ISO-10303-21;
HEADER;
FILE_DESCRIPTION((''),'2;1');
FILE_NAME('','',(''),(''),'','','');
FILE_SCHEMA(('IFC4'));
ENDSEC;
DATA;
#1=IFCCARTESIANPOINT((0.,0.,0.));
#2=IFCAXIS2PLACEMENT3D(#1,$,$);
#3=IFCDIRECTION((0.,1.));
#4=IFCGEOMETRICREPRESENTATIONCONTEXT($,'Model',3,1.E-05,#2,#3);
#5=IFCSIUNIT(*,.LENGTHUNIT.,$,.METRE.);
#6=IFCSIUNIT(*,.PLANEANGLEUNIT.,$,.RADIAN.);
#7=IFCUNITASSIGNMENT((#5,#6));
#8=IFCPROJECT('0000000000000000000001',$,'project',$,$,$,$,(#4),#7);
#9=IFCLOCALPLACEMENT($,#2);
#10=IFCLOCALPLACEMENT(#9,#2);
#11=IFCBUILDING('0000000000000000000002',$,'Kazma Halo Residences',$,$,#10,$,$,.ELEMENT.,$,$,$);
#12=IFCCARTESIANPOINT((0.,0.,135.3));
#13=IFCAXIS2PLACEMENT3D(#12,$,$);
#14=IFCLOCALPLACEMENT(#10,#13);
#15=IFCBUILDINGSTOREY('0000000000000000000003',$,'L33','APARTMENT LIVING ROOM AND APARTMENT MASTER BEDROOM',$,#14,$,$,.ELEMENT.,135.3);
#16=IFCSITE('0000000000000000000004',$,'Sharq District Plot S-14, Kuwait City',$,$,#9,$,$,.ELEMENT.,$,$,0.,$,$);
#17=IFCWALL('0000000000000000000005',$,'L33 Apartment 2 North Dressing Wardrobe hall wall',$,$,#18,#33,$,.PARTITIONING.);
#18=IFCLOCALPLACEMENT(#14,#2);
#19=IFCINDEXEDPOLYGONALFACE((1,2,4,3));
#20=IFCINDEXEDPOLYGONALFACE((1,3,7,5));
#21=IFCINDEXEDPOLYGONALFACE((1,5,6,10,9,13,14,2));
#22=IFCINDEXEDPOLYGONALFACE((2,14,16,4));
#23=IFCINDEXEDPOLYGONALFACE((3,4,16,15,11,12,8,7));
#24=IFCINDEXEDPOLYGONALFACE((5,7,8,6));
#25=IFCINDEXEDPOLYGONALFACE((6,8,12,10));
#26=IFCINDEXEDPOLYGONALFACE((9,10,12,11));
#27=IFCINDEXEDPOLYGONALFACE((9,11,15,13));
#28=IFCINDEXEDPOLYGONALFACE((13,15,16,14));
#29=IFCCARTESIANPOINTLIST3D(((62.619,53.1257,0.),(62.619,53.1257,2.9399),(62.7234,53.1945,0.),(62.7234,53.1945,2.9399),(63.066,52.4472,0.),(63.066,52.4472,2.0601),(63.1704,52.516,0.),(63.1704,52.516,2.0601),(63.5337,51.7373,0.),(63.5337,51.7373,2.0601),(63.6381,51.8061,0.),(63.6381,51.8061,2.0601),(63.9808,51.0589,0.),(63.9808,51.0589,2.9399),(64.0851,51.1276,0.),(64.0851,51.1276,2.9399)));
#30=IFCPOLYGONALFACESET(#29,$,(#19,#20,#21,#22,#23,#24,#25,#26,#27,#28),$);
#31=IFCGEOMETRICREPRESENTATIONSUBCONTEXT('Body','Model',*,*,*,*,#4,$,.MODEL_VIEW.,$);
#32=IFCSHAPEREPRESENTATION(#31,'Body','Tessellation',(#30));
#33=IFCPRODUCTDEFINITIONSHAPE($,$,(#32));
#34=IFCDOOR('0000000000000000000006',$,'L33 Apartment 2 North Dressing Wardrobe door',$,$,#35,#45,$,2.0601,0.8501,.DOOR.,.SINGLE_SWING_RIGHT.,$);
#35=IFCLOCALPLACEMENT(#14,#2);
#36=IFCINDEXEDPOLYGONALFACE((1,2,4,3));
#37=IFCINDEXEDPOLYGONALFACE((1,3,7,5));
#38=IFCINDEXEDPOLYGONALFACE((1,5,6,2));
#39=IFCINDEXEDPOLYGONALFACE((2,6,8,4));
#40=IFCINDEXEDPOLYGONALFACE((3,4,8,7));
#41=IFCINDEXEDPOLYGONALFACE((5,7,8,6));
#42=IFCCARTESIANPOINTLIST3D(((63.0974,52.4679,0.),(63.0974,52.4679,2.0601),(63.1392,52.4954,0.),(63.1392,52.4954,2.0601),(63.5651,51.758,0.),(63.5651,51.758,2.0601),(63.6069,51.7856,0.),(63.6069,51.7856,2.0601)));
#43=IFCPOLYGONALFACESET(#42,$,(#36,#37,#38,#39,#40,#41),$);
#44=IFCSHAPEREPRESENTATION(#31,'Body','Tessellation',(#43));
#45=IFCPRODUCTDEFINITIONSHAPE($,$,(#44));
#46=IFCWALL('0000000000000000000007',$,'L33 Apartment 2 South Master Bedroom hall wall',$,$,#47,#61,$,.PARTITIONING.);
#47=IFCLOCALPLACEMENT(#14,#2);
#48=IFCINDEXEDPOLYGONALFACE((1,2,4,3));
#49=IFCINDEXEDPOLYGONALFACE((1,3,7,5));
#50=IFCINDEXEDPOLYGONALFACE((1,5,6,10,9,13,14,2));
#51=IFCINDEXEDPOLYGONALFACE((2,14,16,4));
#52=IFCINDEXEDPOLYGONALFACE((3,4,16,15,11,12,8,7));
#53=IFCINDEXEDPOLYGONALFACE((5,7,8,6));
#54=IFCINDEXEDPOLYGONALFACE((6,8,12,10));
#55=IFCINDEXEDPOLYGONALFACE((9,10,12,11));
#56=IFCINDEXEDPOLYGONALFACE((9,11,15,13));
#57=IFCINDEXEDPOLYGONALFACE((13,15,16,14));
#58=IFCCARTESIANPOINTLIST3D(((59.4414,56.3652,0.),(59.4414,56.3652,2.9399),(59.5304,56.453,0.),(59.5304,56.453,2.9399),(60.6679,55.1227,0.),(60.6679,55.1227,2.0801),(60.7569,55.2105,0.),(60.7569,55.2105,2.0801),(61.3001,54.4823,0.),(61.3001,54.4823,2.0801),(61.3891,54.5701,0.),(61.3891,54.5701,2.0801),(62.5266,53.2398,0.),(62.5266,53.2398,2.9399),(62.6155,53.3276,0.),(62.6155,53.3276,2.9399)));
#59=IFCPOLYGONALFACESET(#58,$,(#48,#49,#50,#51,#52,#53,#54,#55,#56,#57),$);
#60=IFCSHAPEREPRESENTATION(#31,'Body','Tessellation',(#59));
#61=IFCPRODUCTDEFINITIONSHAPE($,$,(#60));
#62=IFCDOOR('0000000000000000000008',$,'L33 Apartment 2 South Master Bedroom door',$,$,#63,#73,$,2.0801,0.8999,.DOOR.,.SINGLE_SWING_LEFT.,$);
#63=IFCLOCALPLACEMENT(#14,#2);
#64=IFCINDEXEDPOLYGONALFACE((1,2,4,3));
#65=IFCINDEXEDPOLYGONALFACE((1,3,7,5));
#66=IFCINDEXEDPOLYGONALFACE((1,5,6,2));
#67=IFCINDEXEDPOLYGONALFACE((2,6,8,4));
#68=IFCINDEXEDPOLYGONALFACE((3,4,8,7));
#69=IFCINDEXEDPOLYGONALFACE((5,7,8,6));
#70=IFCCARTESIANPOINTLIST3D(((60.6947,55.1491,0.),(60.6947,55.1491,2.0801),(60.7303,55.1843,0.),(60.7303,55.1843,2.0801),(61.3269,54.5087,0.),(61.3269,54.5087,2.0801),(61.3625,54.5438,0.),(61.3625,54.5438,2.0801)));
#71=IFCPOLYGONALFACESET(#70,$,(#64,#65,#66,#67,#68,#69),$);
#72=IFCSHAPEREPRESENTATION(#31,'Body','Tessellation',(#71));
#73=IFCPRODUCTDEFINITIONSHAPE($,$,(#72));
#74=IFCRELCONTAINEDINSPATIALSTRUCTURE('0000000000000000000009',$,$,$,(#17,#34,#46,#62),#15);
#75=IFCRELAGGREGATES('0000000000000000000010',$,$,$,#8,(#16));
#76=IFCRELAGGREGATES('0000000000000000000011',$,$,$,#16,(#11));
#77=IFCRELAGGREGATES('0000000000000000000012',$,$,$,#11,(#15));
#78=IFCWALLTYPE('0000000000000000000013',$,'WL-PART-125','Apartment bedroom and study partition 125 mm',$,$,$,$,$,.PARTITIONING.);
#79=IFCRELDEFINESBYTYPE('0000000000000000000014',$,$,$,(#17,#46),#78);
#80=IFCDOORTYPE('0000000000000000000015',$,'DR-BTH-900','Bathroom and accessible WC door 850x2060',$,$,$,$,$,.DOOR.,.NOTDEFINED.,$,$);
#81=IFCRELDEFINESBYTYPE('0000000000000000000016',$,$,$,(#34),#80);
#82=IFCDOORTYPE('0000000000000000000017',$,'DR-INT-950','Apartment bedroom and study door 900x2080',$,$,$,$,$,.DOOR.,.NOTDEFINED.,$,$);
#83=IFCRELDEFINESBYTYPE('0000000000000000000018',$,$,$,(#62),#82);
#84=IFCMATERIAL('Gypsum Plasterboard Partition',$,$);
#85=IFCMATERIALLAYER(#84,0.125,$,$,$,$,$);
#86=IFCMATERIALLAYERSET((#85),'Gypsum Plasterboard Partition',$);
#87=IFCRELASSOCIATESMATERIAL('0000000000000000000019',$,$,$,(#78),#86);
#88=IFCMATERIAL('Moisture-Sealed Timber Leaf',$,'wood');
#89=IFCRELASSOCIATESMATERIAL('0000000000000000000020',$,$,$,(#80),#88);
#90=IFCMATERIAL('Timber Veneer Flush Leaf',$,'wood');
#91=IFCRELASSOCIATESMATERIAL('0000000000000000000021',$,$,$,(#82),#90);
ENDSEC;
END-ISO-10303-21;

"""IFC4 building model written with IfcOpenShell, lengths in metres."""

from ifc_helpers import new_model, si_unit, direction, frame, frame_2d, origin, place, context, subcontext, project, spatial, rectangle, extrude, material, layer, layer_set, type_object, element, fill, save


model = new_model("IFC4")

# Units and contexts
model_context = context("Model", 3, precision=1e-05, world=origin(), true_north=direction((0.0, 1.0)))
body_context = subcontext(model_context, "Body", "Model", "MODEL_VIEW")
ifc_project = project(units=[si_unit("LENGTHUNIT", "METRE"), si_unit("PLANEANGLEUNIT", "RADIAN")], contexts=[model_context])

# Site, building, storey
site_placement = place(None, origin())
site = spatial("IfcSite", under=ifc_project, at=site_placement, Name="Sharq District Plot S-14, Kuwait City", CompositionType="ELEMENT", RefElevation=0.0)
building_placement = place(site_placement, origin())
building = spatial("IfcBuilding", under=site, at=building_placement, Name="Kazma Halo Residences", CompositionType="ELEMENT")
storey_placement = place(building_placement, frame((0.0, 0.0, 135.3)))
storey = spatial("IfcBuildingStorey", under=building, at=storey_placement, Name="L33", Description="APARTMENT LIVING ROOM AND APARTMENT MASTER BEDROOM", CompositionType="ELEMENT", Elevation=135.3)

# Shared definitions
ifc_material_1 = material(Name="Gypsum Plasterboard Partition")
ifc_layer_1 = layer(ifc_material_1, 0.125)
ifc_layer_set_1 = layer_set([ifc_layer_1], Name="Gypsum Plasterboard Partition")
wall_type_1 = type_object("IfcWallType", Name="WL-PART-125", Description="Apartment bedroom and study partition 125 mm", PredefinedType="PARTITIONING", material=ifc_layer_set_1)

# Shared definitions
ifc_material_2 = material(Name="Moisture-Sealed Timber Leaf", Category="wood")
door_type_1 = type_object("IfcDoorType", Name="DR-BTH-900", Description="Bathroom and accessible WC door 850x2060", OperationType="NOTDEFINED", PredefinedType="DOOR", material=ifc_material_2)
ifc_material_3 = material(Name="Timber Veneer Flush Leaf", Category="wood")
door_type_2 = type_object("IfcDoorType", Name="DR-INT-950", Description="Apartment bedroom and study door 900x2080", OperationType="NOTDEFINED", PredefinedType="DOOR", material=ifc_material_3)

# Walls, openings, doors
wall_1_placement = place(storey_placement, frame((64.033, 51.0933, 0.0), z_axis=(0.0, 0.0, 1.0), x_axis=(-0.550185, 0.835043, 0.0)))
wall_1 = element("IfcWall", 1, at=wall_1_placement, inside=storey, type_object=wall_type_1, Name="L33 Apartment 2 North Dressing Wardrobe hall wall", PredefinedType="PARTITIONING", context=body_context, shape_type="SweptSolid", body=[
    extrude(rectangle(XDim=2.4751, YDim=0.125, at=frame_2d((1.2375, 0.0))), origin(), (0.0, 0.0, 1.0), 2.9399),
])
opening_1_placement = place(wall_1_placement, frame((0.8125, 0.0, 0.0)))
opening_1 = element("IfcOpeningElement", 2, at=opening_1_placement, cuts=wall_1, PredefinedType="OPENING", context=body_context, shape_type="SweptSolid", body=[
    extrude(rectangle(XDim=0.8501, YDim=2.0601, at=frame_2d((0.425, 1.03))), frame((0.0, 0.0725, 0.0), z_axis=(0.0, -1.0, 0.0), x_axis=(1.0, 0.0, 0.0)), (0.0, 0.0, 1.0), 0.145),
])
door_1_placement = place(opening_1_placement, origin())
door_1 = element("IfcDoor", 3, at=door_1_placement, inside=storey, type_object=door_type_1, Name="L33 Apartment 2 North Dressing Wardrobe door", OperationType="SINGLE_SWING_RIGHT", OverallHeight=2.0601, OverallWidth=0.8501, PredefinedType="DOOR", context=body_context, shape_type="SweptSolid", body=[
    extrude(rectangle(XDim=0.8501, YDim=2.0601, at=frame_2d((0.425, 1.03))), frame((0.0, 0.0249, 0.0), z_axis=(0.0, -1.0, 0.0), x_axis=(1.0, 0.0, 0.0)), (0.0, 0.0, 1.0), 0.05),
])
fill(opening_1, door_1)
wall_2_placement = place(storey_placement, frame((62.571, 53.2837, 0.0), z_axis=(0.0, 0.0, 1.0), x_axis=(-0.702506, 0.711678, 0.0)))
wall_2 = element("IfcWall", 4, at=wall_2_placement, inside=storey, type_object=wall_type_1, Name="L33 Apartment 2 South Master Bedroom hall wall", PredefinedType="PARTITIONING", context=body_context, shape_type="SweptSolid", body=[
    extrude(rectangle(XDim=4.3916, YDim=0.125, at=frame_2d((2.1958, 0.0))), origin(), (0.0, 0.0, 1.0), 2.9399),
])
opening_2_placement = place(wall_2_placement, frame((1.7458, 0.0, 0.0)))
opening_2 = element("IfcOpeningElement", 5, at=opening_2_placement, cuts=wall_2, PredefinedType="OPENING", context=body_context, shape_type="SweptSolid", body=[
    extrude(rectangle(XDim=0.8999, YDim=2.0801, at=frame_2d((0.45, 1.04))), frame((0.0, 0.0725, 0.0), z_axis=(0.0, -1.0, 0.0), x_axis=(1.0, 0.0, 0.0)), (0.0, 0.0, 1.0), 0.145),
])
door_2_placement = place(opening_2_placement, origin())
door_2 = element("IfcDoor", 6, at=door_2_placement, inside=storey, type_object=door_type_2, Name="L33 Apartment 2 South Master Bedroom door", OperationType="SINGLE_SWING_LEFT", OverallHeight=2.0801, OverallWidth=0.8999, PredefinedType="DOOR", context=body_context, shape_type="SweptSolid", body=[
    extrude(rectangle(XDim=0.8999, YDim=2.0801, at=frame_2d((0.45, 1.04))), frame((0.0, 0.0249, 0.0), z_axis=(0.0, -1.0, 0.0), x_axis=(1.0, 0.0, 0.0)), (0.0, 0.0, 1.0), 0.05),
])
fill(opening_2, door_2)

save(model, "model.ifc")
